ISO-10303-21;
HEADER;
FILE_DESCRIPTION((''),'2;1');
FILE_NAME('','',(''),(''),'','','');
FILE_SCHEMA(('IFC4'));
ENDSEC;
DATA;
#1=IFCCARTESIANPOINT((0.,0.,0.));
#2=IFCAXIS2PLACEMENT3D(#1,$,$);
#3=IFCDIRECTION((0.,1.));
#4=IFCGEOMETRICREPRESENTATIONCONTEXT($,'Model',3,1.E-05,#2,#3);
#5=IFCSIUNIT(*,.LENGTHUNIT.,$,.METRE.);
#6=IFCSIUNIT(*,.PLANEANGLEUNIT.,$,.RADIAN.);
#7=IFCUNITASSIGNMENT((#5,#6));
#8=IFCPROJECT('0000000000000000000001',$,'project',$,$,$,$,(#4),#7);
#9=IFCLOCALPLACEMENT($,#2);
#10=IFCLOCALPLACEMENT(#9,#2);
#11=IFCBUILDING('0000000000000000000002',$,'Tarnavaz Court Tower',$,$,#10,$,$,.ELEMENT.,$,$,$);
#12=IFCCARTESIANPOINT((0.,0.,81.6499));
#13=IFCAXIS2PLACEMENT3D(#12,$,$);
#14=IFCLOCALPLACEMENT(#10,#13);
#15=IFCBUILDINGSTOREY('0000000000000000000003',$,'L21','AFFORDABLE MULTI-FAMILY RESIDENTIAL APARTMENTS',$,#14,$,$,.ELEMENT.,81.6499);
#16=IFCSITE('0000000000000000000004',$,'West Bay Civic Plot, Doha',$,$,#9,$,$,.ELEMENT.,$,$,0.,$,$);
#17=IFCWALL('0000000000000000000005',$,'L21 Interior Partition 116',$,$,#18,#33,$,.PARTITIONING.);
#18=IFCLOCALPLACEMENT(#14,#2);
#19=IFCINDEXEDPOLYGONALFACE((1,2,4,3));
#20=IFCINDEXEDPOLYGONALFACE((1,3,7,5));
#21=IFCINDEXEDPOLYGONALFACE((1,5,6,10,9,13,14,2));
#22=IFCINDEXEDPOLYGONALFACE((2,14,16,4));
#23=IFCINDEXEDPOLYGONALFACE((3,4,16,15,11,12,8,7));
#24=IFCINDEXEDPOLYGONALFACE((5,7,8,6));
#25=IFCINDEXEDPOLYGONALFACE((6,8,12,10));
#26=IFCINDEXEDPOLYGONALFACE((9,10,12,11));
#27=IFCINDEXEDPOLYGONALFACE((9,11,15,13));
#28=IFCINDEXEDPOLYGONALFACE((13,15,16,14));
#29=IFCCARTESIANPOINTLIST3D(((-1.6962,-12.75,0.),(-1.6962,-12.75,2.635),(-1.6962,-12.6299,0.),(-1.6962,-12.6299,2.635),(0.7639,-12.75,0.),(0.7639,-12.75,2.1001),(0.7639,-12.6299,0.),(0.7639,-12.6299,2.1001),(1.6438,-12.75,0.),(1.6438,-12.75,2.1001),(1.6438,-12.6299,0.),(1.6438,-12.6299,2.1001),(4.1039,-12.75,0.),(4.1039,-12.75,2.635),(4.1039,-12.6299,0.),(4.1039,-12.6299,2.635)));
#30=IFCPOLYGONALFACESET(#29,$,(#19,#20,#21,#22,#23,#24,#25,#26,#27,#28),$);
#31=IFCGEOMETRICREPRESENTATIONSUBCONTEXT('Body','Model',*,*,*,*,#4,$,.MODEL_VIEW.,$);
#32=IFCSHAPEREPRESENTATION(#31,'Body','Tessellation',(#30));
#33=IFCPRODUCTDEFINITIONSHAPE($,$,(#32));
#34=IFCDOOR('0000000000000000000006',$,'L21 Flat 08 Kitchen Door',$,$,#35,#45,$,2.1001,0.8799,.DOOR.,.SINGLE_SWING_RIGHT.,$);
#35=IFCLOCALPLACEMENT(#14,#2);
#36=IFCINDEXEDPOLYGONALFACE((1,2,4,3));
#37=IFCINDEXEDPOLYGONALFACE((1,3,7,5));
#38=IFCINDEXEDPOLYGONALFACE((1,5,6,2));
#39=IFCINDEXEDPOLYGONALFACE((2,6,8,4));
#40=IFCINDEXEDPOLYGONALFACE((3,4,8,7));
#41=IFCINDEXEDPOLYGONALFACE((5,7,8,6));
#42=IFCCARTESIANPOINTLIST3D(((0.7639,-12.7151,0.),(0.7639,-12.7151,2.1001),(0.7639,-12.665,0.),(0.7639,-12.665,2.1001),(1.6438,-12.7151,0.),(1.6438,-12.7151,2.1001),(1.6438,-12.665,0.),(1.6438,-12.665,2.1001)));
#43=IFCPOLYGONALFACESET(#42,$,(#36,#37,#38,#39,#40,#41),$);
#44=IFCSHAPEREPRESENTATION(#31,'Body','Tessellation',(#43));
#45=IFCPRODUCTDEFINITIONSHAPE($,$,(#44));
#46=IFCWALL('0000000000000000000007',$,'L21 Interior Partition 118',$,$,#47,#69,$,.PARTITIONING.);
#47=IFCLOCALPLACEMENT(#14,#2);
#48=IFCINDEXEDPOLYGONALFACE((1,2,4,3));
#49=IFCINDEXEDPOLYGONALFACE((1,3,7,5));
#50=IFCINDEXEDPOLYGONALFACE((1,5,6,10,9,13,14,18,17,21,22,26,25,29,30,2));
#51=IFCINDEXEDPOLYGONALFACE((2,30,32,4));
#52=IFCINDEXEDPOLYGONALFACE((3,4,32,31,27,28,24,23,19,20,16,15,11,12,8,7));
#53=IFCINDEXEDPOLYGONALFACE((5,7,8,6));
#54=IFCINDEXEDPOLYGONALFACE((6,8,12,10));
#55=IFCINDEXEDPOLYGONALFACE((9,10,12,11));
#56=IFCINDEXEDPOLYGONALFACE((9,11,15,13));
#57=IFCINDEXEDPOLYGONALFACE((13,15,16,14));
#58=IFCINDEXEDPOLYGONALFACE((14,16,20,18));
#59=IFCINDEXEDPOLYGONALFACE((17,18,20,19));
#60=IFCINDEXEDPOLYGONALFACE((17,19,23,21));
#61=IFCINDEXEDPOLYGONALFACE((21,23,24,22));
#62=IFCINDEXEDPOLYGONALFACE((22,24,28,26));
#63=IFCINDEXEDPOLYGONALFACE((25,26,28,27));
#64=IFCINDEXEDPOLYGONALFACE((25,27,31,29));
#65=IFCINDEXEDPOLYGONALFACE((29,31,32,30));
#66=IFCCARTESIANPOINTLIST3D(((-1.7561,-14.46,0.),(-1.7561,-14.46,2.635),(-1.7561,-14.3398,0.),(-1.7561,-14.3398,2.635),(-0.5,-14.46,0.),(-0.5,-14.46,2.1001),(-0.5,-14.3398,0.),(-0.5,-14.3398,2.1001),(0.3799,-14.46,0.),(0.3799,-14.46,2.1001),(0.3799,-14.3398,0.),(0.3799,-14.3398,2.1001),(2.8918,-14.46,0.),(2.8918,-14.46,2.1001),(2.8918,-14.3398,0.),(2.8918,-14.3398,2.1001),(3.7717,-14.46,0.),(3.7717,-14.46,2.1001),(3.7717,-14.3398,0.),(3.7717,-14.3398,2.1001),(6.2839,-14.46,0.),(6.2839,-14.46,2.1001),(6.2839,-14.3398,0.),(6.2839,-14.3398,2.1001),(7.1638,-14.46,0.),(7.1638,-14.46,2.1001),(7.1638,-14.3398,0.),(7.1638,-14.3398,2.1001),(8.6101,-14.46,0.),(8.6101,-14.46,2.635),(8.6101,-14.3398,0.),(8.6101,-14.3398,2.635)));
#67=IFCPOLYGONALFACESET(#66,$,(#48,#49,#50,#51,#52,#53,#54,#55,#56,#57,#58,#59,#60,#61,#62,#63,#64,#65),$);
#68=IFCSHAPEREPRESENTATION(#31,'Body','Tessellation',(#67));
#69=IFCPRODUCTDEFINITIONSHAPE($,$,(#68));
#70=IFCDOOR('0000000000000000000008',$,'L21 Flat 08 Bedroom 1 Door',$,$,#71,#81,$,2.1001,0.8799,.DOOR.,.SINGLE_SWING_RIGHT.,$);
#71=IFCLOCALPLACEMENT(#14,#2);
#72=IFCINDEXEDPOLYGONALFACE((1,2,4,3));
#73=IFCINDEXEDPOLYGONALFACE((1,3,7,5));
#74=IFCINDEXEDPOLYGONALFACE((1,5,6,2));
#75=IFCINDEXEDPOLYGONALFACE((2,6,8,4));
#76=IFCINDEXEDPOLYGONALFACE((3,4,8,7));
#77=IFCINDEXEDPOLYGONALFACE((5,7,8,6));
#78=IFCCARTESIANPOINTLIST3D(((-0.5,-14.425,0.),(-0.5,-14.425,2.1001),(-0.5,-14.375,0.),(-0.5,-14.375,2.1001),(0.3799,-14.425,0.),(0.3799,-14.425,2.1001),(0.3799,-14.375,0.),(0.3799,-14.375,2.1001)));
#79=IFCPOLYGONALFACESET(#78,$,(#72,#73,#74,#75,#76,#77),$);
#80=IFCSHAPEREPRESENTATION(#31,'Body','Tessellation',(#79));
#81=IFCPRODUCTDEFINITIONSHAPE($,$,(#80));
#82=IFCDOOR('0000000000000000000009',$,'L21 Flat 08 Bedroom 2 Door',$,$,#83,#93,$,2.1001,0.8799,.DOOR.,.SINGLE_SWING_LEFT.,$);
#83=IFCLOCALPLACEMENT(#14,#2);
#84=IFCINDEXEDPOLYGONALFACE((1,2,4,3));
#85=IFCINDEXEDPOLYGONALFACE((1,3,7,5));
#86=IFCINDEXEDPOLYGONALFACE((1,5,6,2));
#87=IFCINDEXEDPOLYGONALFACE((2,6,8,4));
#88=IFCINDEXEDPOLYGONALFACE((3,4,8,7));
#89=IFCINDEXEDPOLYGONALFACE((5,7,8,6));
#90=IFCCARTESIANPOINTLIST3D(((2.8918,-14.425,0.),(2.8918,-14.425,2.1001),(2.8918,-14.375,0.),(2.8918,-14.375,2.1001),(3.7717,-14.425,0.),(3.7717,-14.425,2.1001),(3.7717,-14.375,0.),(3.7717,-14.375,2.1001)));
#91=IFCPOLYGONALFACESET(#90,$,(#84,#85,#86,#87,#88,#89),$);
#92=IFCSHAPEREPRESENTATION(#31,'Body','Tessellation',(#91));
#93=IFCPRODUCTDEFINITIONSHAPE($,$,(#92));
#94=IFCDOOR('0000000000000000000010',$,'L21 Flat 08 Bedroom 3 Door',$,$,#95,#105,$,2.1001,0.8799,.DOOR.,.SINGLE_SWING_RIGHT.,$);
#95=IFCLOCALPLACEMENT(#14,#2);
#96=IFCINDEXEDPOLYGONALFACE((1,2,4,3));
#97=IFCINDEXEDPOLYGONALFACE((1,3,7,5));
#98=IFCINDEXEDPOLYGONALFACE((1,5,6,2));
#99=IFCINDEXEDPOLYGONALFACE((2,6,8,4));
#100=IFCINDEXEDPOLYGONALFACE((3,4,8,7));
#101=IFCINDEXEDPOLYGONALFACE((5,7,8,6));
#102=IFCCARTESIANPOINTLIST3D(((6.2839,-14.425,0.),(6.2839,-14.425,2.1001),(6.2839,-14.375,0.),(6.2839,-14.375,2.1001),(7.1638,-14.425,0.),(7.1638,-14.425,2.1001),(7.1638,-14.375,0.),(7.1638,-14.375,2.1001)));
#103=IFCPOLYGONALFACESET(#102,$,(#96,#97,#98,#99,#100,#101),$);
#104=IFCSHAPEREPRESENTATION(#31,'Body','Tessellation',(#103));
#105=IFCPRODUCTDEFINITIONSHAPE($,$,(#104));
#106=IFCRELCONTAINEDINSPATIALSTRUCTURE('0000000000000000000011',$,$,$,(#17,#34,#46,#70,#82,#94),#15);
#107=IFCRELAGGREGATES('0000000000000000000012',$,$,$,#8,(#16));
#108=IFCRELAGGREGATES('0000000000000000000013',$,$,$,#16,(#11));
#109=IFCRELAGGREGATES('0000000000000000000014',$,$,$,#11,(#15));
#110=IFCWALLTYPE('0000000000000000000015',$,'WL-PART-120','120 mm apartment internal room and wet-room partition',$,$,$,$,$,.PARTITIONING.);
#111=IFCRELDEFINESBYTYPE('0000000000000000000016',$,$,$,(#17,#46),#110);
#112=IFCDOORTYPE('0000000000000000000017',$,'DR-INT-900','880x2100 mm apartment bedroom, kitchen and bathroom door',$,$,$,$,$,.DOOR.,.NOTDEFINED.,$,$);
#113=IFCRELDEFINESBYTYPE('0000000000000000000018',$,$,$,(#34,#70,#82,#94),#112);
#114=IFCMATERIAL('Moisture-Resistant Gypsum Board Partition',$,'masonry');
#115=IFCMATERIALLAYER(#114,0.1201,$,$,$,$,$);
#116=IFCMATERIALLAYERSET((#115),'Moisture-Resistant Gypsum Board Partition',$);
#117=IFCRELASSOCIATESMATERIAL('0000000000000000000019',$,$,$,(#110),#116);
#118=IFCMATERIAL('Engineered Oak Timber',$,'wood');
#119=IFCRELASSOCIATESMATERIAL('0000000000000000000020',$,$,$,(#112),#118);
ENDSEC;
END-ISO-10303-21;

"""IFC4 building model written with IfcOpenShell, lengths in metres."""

from ifc_helpers import new_model, si_unit, direction, frame, frame_2d, origin, place, context, subcontext, project, spatial, rectangle, extrude, material, layer, layer_set, type_object, element, fill, save


model = new_model("IFC4")

# Units and contexts
model_context = context("Model", 3, precision=1e-05, world=origin(), true_north=direction((0.0, 1.0)))
body_context = subcontext(model_context, "Body", "Model", "MODEL_VIEW")
ifc_project = project(units=[si_unit("LENGTHUNIT", "METRE"), si_unit("PLANEANGLEUNIT", "RADIAN")], contexts=[model_context])

# Site, building, storey
site_placement = place(None, origin())
site = spatial("IfcSite", under=ifc_project, at=site_placement, Name="West Bay Civic Plot, Doha", CompositionType="ELEMENT", RefElevation=0.0)
building_placement = place(site_placement, origin())
building = spatial("IfcBuilding", under=site, at=building_placement, Name="Tarnavaz Court Tower", CompositionType="ELEMENT")
storey_placement = place(building_placement, frame((0.0, 0.0, 81.6499)))
storey = spatial("IfcBuildingStorey", under=building, at=storey_placement, Name="L21", Description="AFFORDABLE MULTI-FAMILY RESIDENTIAL APARTMENTS", CompositionType="ELEMENT", Elevation=81.6499)

# Shared definitions
ifc_material_1 = material(Name="Moisture-Resistant Gypsum Board Partition", Category="masonry")
ifc_layer_1 = layer(ifc_material_1, 0.1201)
ifc_layer_set_1 = layer_set([ifc_layer_1], Name="Moisture-Resistant Gypsum Board Partition")
wall_type_1 = type_object("IfcWallType", Name="WL-PART-120", Description="120 mm apartment internal room and wet-room partition", PredefinedType="PARTITIONING", material=ifc_layer_set_1)
ifc_material_2 = material(Name="Engineered Oak Timber", Category="wood")
door_type_1 = type_object("IfcDoorType", Name="DR-INT-900", Description="880x2100 mm apartment bedroom, kitchen and bathroom door", OperationType="NOTDEFINED", PredefinedType="DOOR", material=ifc_material_2)

# Wall, opening, door
wall_1_placement = place(storey_placement, frame((-1.696, -12.6899, 0.0), z_axis=(0.0, 0.0, 1.0), x_axis=(1.0, 0.0, 0.0)))
wall_1 = element("IfcWall", 1, at=wall_1_placement, inside=storey, type_object=wall_type_1, Name="L21 Interior Partition 116", PredefinedType="PARTITIONING", context=body_context, shape_type="SweptSolid", body=[
    extrude(rectangle(XDim=5.8, YDim=0.1201, at=frame_2d((2.8999, 0.0))), origin(), (0.0, 0.0, 1.0), 2.635),
])
opening_1_placement = place(wall_1_placement, frame((2.46, 0.0, 0.0)))
opening_1 = element("IfcOpeningElement", 2, at=opening_1_placement, cuts=wall_1, PredefinedType="OPENING", context=body_context, shape_type="SweptSolid", body=[
    extrude(rectangle(XDim=0.8799, YDim=2.1001, at=frame_2d((0.4399, 1.05))), frame((0.0, 0.0701, 0.0), z_axis=(0.0, -1.0, 0.0), x_axis=(1.0, 0.0, 0.0)), (0.0, 0.0, 1.0), 0.1401),
])
door_1_placement = place(opening_1_placement, origin())
door_1 = element("IfcDoor", 3, at=door_1_placement, inside=storey, type_object=door_type_1, Name="L21 Flat 08 Kitchen Door", OperationType="SINGLE_SWING_RIGHT", OverallHeight=2.1001, OverallWidth=0.8799, PredefinedType="DOOR", context=body_context, shape_type="SweptSolid", body=[
    extrude(rectangle(XDim=0.8799, YDim=2.1001, at=frame_2d((0.4399, 1.05))), frame((0.0, 0.0249, 0.0), z_axis=(0.0, -1.0, 0.0), x_axis=(1.0, 0.0, 0.0)), (0.0, 0.0, 1.0), 0.05),
])
fill(opening_1, door_1)

# Wall, openings, doors
wall_2_placement = place(storey_placement, frame((-1.7561, -14.3999, 0.0), z_axis=(0.0, 0.0, 1.0), x_axis=(1.0, 0.0, 0.0)))
wall_2 = element("IfcWall", 4, at=wall_2_placement, inside=storey, type_object=wall_type_1, Name="L21 Interior Partition 118", PredefinedType="PARTITIONING", context=body_context, shape_type="SweptSolid", body=[
    extrude(rectangle(XDim=10.3662, YDim=0.1201, at=frame_2d((5.1831, 0.0))), origin(), (0.0, 0.0, 1.0), 2.635),
])
opening_2_placement = place(wall_2_placement, frame((1.2561, 0.0, 0.0)))
opening_2 = element("IfcOpeningElement", 5, at=opening_2_placement, cuts=wall_2, PredefinedType="OPENING", context=body_context, shape_type="SweptSolid", body=[
    extrude(rectangle(XDim=0.8799, YDim=2.1001, at=frame_2d((0.4399, 1.05))), frame((0.0, 0.0701, 0.0), z_axis=(0.0, -1.0, 0.0), x_axis=(1.0, 0.0, 0.0)), (0.0, 0.0, 1.0), 0.1401),
])
opening_3_placement = place(wall_2_placement, frame((4.6479, 0.0, 0.0)))
opening_3 = element("IfcOpeningElement", 6, at=opening_3_placement, cuts=wall_2, PredefinedType="OPENING", context=body_context, shape_type="SweptSolid", body=[
    extrude(rectangle(XDim=0.8799, YDim=2.1001, at=frame_2d((0.4399, 1.05))), frame((0.0, 0.0701, 0.0), z_axis=(0.0, -1.0, 0.0), x_axis=(1.0, 0.0, 0.0)), (0.0, 0.0, 1.0), 0.1401),
])
opening_4_placement = place(wall_2_placement, frame((8.04, 0.0, 0.0)))
opening_4 = element("IfcOpeningElement", 7, at=opening_4_placement, cuts=wall_2, PredefinedType="OPENING", context=body_context, shape_type="SweptSolid", body=[
    extrude(rectangle(XDim=0.8799, YDim=2.1001, at=frame_2d((0.4399, 1.05))), frame((0.0, 0.0701, 0.0), z_axis=(0.0, -1.0, 0.0), x_axis=(1.0, 0.0, 0.0)), (0.0, 0.0, 1.0), 0.1401),
])
door_2_placement = place(opening_2_placement, origin())
door_2 = element("IfcDoor", 8, at=door_2_placement, inside=storey, type_object=door_type_1, Name="L21 Flat 08 Bedroom 1 Door", OperationType="SINGLE_SWING_RIGHT", OverallHeight=2.1001, OverallWidth=0.8799, PredefinedType="DOOR", context=body_context, shape_type="SweptSolid", body=[
    extrude(rectangle(XDim=0.8799, YDim=2.1001, at=frame_2d((0.4399, 1.05))), frame((0.0, 0.0249, 0.0), z_axis=(0.0, -1.0, 0.0), x_axis=(1.0, 0.0, 0.0)), (0.0, 0.0, 1.0), 0.05),
])
fill(opening_2, door_2)
door_3_placement = place(opening_3_placement, origin())
door_3 = element("IfcDoor", 9, at=door_3_placement, inside=storey, type_object=door_type_1, Name="L21 Flat 08 Bedroom 2 Door", OperationType="SINGLE_SWING_LEFT", OverallHeight=2.1001, OverallWidth=0.8799, PredefinedType="DOOR", context=body_context, shape_type="SweptSolid", body=[
    extrude(rectangle(XDim=0.8799, YDim=2.1001, at=frame_2d((0.4399, 1.05))), frame((0.0, 0.0249, 0.0), z_axis=(0.0, -1.0, 0.0), x_axis=(1.0, 0.0, 0.0)), (0.0, 0.0, 1.0), 0.05),
])
fill(opening_3, door_3)
door_4_placement = place(opening_4_placement, origin())
door_4 = element("IfcDoor", 10, at=door_4_placement, inside=storey, type_object=door_type_1, Name="L21 Flat 08 Bedroom 3 Door", OperationType="SINGLE_SWING_RIGHT", OverallHeight=2.1001, OverallWidth=0.8799, PredefinedType="DOOR", context=body_context, shape_type="SweptSolid", body=[
    extrude(rectangle(XDim=0.8799, YDim=2.1001, at=frame_2d((0.4399, 1.05))), frame((0.0, 0.0249, 0.0), z_axis=(0.0, -1.0, 0.0), x_axis=(1.0, 0.0, 0.0)), (0.0, 0.0, 1.0), 0.05),
])
fill(opening_4, door_4)

save(model, "model.ifc")
